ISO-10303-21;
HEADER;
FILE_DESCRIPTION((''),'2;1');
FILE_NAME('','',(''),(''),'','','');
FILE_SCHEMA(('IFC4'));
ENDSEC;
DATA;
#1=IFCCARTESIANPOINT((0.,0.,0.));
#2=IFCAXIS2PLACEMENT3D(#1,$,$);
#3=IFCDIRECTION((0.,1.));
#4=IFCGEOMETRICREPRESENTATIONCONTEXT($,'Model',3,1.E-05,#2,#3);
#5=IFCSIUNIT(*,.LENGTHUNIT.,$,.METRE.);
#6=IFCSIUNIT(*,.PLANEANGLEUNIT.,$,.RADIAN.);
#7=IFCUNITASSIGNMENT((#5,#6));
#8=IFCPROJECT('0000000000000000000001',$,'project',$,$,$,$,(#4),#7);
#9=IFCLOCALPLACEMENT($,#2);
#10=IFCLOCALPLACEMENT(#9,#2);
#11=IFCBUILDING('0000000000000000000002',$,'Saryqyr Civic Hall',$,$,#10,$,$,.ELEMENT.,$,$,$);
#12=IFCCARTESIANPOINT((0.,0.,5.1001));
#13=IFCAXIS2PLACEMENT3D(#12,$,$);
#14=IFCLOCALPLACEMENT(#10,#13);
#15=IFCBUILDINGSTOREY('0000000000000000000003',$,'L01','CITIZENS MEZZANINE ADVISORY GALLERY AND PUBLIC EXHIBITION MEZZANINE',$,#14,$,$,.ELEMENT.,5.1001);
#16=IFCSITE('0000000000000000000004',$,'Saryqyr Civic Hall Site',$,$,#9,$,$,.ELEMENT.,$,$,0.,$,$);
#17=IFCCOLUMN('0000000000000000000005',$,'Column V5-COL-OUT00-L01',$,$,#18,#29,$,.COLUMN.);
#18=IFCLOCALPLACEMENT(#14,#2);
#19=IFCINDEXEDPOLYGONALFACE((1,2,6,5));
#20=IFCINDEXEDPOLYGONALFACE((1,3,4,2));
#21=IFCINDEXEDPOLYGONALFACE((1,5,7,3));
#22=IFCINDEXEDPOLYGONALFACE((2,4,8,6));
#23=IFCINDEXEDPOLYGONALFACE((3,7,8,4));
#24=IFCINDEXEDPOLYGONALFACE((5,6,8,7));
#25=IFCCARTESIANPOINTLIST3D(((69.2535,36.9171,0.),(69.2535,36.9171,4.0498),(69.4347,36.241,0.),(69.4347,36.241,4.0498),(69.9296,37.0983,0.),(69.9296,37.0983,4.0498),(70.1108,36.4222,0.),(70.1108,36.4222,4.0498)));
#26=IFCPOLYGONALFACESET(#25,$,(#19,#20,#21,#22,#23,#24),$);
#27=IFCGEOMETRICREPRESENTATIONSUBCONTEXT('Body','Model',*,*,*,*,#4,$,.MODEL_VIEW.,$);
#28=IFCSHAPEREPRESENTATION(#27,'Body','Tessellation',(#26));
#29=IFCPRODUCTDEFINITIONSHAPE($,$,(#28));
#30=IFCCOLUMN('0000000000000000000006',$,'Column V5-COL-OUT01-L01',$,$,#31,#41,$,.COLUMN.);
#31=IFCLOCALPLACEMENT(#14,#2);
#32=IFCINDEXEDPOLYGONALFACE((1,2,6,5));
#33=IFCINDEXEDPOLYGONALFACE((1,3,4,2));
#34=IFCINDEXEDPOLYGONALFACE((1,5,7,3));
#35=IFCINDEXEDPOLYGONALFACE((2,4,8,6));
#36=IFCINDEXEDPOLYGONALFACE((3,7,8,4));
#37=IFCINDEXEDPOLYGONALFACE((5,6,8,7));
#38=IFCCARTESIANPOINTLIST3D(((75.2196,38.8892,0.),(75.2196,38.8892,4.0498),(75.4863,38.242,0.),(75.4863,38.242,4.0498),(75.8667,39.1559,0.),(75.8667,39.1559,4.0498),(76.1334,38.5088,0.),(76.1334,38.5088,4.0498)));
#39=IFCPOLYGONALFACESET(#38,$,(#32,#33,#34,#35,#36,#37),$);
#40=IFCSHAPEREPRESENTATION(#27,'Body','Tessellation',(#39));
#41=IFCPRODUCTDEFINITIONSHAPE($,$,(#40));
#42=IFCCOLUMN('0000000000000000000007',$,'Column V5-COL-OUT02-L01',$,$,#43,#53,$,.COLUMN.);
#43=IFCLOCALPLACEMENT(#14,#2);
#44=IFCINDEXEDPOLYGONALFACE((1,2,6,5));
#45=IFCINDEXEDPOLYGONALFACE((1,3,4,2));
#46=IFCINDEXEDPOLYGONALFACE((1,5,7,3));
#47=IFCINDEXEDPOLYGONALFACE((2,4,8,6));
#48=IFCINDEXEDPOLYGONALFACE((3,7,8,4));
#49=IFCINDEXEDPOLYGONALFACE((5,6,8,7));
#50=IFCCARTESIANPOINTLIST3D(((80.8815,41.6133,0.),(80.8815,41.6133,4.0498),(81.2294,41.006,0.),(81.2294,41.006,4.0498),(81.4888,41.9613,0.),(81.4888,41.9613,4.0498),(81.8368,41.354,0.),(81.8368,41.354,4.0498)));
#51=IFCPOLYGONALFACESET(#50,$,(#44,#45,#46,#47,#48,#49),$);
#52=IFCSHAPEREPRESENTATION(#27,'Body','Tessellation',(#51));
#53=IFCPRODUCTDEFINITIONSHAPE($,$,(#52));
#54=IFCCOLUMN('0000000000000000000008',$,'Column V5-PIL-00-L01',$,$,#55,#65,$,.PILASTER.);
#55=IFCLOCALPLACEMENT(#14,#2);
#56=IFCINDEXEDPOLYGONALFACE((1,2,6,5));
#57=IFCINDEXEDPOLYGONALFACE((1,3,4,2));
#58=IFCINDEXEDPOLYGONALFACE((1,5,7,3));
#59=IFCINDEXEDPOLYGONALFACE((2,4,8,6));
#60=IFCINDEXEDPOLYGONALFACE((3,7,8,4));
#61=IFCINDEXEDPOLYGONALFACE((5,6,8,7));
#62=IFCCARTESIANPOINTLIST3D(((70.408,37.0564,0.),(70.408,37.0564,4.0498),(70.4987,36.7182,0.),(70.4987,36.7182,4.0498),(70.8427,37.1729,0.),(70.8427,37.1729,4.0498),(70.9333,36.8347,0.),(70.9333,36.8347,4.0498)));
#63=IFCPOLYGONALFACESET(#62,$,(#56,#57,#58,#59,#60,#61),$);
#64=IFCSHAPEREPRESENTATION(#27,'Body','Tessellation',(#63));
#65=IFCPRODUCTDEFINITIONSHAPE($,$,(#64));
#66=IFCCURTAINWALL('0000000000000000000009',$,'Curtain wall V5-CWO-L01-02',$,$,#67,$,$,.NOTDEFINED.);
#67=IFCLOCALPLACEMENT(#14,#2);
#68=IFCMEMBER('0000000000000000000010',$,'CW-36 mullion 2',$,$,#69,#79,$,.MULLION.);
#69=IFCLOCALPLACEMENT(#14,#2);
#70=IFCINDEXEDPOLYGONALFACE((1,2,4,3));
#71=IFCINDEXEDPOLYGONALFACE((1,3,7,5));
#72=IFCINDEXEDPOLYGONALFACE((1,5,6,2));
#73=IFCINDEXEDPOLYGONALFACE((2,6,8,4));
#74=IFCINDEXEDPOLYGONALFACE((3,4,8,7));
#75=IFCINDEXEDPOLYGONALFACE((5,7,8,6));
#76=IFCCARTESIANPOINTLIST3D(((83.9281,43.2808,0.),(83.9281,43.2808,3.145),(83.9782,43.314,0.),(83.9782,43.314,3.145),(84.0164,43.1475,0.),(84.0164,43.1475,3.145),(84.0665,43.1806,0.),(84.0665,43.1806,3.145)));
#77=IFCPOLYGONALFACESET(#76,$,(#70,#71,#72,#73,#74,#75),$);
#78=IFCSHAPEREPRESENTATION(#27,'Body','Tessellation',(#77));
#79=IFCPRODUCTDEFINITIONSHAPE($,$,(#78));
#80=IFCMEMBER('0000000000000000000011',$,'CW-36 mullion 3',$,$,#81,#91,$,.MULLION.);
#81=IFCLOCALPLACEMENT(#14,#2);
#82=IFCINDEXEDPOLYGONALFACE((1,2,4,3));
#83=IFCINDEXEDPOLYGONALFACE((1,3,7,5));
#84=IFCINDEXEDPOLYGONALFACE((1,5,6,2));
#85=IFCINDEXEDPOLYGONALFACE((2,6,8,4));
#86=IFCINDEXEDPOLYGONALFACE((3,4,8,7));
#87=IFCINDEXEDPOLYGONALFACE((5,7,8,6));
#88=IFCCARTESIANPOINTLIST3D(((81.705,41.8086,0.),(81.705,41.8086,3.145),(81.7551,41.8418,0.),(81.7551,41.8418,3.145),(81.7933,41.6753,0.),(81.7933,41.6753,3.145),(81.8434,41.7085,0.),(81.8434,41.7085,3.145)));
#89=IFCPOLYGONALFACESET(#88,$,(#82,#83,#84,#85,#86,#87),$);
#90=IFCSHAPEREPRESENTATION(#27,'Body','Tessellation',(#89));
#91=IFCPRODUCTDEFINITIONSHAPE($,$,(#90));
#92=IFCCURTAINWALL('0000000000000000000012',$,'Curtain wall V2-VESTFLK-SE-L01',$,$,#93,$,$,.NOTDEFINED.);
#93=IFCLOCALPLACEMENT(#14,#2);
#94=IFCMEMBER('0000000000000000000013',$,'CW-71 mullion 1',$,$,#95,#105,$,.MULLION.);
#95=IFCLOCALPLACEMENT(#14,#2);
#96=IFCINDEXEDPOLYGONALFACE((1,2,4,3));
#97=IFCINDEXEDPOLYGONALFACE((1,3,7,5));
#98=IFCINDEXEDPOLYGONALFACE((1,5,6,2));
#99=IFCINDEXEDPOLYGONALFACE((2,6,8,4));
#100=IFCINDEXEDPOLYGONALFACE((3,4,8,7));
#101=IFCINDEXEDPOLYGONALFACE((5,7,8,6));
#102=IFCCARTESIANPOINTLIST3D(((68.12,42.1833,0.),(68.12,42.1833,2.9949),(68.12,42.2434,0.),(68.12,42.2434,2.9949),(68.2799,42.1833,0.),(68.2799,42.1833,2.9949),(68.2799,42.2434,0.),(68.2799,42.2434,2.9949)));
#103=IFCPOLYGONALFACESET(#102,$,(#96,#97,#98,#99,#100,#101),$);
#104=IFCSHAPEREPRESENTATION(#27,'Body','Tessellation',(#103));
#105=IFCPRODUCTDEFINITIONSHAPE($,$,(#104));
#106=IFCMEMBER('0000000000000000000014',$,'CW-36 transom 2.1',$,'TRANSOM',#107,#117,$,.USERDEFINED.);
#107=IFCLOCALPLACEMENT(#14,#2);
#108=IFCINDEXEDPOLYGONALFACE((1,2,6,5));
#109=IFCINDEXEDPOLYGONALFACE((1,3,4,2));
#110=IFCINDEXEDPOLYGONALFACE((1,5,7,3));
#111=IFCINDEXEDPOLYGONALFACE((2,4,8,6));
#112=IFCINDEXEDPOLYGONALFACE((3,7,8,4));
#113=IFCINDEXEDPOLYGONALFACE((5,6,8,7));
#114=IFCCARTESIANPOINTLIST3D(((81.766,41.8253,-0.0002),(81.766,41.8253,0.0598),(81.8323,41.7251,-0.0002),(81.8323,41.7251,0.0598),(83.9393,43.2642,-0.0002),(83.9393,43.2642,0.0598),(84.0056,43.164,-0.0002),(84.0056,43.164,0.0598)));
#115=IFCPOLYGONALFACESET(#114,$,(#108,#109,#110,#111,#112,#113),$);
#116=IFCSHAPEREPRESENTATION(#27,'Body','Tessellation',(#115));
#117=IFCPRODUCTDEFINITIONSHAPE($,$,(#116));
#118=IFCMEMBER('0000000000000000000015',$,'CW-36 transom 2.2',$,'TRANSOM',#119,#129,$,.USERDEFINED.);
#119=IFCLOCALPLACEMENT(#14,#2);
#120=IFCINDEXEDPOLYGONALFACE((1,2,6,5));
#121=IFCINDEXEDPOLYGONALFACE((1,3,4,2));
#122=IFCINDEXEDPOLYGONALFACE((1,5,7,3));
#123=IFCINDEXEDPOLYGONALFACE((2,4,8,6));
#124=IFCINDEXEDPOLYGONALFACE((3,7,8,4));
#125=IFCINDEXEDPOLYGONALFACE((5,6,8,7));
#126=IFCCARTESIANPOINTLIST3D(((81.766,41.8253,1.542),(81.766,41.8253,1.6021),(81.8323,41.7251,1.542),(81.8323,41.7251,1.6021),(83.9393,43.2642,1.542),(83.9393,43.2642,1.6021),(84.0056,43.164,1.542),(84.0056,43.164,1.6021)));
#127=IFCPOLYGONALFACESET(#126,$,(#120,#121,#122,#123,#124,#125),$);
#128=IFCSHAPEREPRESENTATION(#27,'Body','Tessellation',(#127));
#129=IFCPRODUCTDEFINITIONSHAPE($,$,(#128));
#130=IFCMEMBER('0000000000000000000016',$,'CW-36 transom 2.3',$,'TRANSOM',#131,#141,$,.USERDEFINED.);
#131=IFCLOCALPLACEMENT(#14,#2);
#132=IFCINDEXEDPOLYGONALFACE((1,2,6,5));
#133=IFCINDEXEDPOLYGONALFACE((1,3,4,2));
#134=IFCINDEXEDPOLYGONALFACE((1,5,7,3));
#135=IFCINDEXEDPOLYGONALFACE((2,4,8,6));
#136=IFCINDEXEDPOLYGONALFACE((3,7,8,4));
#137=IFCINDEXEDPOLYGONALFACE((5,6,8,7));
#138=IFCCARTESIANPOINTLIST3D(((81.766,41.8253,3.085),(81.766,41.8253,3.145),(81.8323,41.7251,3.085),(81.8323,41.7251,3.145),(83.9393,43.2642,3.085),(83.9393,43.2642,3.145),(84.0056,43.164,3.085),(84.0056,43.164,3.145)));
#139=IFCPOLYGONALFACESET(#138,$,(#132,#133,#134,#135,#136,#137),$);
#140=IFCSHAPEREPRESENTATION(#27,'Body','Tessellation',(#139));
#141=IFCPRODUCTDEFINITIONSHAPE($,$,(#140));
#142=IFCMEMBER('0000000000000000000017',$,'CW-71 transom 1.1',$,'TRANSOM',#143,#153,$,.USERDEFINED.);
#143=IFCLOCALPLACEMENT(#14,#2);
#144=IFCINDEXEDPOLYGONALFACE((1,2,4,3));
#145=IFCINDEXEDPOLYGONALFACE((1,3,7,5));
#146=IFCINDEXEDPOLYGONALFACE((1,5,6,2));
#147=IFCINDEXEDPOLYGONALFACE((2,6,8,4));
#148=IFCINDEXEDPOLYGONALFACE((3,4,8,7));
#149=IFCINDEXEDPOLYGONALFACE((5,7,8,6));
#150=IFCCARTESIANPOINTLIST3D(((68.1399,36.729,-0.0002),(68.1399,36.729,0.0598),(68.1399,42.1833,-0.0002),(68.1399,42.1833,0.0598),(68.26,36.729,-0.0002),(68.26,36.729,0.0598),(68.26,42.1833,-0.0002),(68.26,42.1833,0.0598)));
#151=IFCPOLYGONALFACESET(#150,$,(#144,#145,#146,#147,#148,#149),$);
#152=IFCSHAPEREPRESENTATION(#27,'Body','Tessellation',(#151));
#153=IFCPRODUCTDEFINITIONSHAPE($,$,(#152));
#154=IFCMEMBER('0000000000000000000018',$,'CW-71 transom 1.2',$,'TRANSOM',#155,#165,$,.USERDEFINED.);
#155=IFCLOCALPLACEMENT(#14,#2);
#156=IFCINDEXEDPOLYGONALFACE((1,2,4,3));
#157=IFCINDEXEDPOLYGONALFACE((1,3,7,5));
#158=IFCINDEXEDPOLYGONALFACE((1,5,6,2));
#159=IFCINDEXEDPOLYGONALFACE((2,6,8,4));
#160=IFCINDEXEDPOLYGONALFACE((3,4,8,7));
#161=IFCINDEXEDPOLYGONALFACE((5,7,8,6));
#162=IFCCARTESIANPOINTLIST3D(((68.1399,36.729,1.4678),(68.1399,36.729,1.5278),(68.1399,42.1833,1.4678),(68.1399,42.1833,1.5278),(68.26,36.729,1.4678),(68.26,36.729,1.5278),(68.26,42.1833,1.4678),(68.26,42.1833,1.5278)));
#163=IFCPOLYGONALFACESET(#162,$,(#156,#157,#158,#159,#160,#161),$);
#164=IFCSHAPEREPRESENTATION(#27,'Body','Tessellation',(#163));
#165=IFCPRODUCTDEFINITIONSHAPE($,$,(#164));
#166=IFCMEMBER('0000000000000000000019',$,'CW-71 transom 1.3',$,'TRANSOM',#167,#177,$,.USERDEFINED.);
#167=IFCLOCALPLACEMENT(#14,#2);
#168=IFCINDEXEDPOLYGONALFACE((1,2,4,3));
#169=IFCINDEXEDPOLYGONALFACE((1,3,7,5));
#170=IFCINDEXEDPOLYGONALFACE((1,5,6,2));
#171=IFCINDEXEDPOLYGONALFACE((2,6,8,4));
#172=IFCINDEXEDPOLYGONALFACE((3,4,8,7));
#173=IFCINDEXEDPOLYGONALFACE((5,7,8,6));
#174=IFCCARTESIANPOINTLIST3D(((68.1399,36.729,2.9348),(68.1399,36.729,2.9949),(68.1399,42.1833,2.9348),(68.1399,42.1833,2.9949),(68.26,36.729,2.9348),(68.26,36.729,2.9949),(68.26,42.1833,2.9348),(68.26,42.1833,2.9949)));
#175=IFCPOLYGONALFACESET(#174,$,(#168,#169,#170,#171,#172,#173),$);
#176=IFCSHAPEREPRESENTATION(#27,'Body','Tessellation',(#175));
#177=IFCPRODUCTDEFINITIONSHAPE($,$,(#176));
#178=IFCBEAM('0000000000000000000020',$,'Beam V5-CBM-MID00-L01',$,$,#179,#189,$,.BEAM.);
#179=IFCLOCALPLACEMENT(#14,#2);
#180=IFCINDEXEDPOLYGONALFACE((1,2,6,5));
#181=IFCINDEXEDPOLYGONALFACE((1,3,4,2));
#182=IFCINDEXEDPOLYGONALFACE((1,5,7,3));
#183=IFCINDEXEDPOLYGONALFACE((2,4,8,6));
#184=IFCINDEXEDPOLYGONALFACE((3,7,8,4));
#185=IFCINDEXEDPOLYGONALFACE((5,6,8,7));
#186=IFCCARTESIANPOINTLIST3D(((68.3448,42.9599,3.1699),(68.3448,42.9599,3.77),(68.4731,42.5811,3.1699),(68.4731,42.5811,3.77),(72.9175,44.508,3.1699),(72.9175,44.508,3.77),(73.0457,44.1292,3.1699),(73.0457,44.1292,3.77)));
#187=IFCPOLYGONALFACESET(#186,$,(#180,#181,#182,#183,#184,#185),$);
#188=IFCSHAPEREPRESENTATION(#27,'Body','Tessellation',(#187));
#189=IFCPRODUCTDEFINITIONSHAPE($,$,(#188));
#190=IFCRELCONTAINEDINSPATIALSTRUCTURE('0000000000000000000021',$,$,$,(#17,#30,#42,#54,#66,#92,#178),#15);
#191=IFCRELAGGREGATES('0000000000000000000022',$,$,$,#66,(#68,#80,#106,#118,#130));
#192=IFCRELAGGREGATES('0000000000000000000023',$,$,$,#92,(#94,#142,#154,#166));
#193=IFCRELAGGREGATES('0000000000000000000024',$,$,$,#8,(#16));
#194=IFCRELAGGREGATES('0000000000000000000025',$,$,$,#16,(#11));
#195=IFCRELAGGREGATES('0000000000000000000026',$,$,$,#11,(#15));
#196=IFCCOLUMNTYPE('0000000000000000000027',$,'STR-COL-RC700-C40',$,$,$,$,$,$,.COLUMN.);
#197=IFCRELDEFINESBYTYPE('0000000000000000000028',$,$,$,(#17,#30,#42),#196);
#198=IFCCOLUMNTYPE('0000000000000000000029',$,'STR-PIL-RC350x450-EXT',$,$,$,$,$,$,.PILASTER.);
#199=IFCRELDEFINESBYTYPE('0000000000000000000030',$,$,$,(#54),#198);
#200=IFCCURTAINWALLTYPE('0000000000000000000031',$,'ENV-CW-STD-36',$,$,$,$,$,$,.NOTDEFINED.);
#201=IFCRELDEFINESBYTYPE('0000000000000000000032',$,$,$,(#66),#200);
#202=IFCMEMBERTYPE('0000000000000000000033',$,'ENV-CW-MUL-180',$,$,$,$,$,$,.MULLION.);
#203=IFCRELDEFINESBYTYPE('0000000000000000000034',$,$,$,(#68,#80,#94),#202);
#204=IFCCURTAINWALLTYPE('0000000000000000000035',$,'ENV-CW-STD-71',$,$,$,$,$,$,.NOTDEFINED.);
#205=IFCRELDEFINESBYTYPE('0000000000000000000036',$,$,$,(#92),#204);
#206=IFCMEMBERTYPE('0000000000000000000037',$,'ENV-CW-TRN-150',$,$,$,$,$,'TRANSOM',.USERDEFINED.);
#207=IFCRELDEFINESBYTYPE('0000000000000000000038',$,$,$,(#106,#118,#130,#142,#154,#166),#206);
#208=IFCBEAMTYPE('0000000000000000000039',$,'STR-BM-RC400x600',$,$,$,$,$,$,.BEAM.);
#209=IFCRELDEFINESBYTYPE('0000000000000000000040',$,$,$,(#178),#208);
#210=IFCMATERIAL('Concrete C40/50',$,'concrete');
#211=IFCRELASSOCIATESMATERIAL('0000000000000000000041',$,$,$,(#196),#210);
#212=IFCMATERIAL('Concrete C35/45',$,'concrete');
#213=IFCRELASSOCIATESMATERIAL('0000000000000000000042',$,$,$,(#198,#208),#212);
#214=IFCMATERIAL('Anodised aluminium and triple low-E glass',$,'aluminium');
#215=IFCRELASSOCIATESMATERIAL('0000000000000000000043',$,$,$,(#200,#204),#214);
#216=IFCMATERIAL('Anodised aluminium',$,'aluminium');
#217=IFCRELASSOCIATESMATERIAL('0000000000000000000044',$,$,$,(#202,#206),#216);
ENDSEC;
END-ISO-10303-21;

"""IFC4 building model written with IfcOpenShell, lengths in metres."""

from ifc_helpers import new_model, si_unit, direction, frame, origin, origin_2d, place, context, subcontext, project, spatial, rectangle, extrude, material, material_profile, profile_set, type_object, element, aggregate, save


model = new_model("IFC4")

# Units and contexts
model_context = context("Model", 3, precision=1e-05, world=origin(), true_north=direction((0.0, 1.0)))
body_context = subcontext(model_context, "Body", "Model", "MODEL_VIEW")
ifc_project = project(units=[si_unit("LENGTHUNIT", "METRE"), si_unit("PLANEANGLEUNIT", "RADIAN")], contexts=[model_context])

# Site, building, storey
site_placement = place(None, origin())
site = spatial("IfcSite", under=ifc_project, at=site_placement, Name="Saryqyr Civic Hall Site", CompositionType="ELEMENT", RefElevation=0.0)
building_placement = place(site_placement, origin())
building = spatial("IfcBuilding", under=site, at=building_placement, Name="Saryqyr Civic Hall", CompositionType="ELEMENT")
storey_placement = place(building_placement, frame((0.0, 0.0, 5.1001)))
storey = spatial("IfcBuildingStorey", under=building, at=storey_placement, Name="L01", Description="CITIZENS MEZZANINE ADVISORY GALLERY AND PUBLIC EXHIBITION MEZZANINE", CompositionType="ELEMENT", Elevation=5.1001)

# Columns
ifc_material_1 = material(Name="Concrete C40/50", Category="concrete")
ifc_material_profile_1 = material_profile(ifc_material_1, rectangle(XDim=0.7, YDim=0.7, at=origin_2d()), Name="RC 700x700")
ifc_profile_set_1 = profile_set([ifc_material_profile_1], Name="Concrete C40/50")
column_type_1 = type_object("IfcColumnType", Name="STR-COL-RC700-C40", PredefinedType="COLUMN", material=ifc_profile_set_1)
for number, where, z_axis, x_axis, name in (
    (1, (69.6821, 36.6697, 0.0), (0.0, 0.0, 1.0), (0.258819, -0.965926, 0.0), "Column V5-COL-OUT00-L01"),
    (2, (75.6765, 38.699, 0.0), (0.0, 0.0, 1.0), (0.38107, -0.924546, 0.0), "Column V5-COL-OUT01-L01"),
    (3, (81.3591, 41.4836, 0.0), (0.0, 0.0, 1.0), (0.497125, -0.867679, 0.0), "Column V5-COL-OUT02-L01"),
):
    element("IfcColumn", number, at=place(storey_placement, frame(where, z_axis=z_axis, x_axis=x_axis)), inside=storey, type_object=column_type_1, Name=name, PredefinedType="COLUMN", context=body_context, shape_type="SweptSolid", body=[
        extrude(rectangle(XDim=0.7, YDim=0.7, at=origin_2d()), origin(), (0.0, 0.0, 1.0), 4.0498),
    ])
ifc_material_2 = material(Name="Concrete C35/45", Category="concrete")
ifc_material_profile_2 = material_profile(ifc_material_2, rectangle(XDim=0.3501, YDim=0.45, at=origin_2d()), Name="RC 350x450")
ifc_profile_set_2 = profile_set([ifc_material_profile_2], Name="Concrete C35/45")
column_type_2 = type_object("IfcColumnType", Name="STR-PIL-RC350x450-EXT", PredefinedType="PILASTER", material=ifc_profile_set_2)
column_1_placement = place(storey_placement, frame((70.6707, 36.9456, 0.0), z_axis=(0.0, 0.0, 1.0), x_axis=(0.258819, -0.965926, 0.0)))
element("IfcColumn", 4, at=column_1_placement, inside=storey, type_object=column_type_2, Name="Column V5-PIL-00-L01", PredefinedType="PILASTER", context=body_context, shape_type="SweptSolid", body=[
    extrude(rectangle(XDim=0.3501, YDim=0.45, at=origin_2d()), origin(), (0.0, 0.0, 1.0), 4.0498),
])

# Curtain wall, members
ifc_material_3 = material(Name="Anodised aluminium and triple low-E glass", Category="aluminium")
curtain_wall_type_1 = type_object("IfcCurtainWallType", Name="ENV-CW-STD-36", PredefinedType="NOTDEFINED", material=ifc_material_3)
curtain_wall_1_placement = place(storey_placement, origin())
curtain_wall_1 = element("IfcCurtainWall", 5, at=curtain_wall_1_placement, inside=storey, type_object=curtain_wall_type_1, Name="Curtain wall V5-CWO-L01-02", PredefinedType="NOTDEFINED")
ifc_material_4 = material(Name="Anodised aluminium", Category="aluminium")
ifc_material_profile_3 = material_profile(ifc_material_4, rectangle(XDim=0.0601, YDim=0.1599, at=origin_2d()), Name="ALU MULLION 60x160")
ifc_profile_set_3 = profile_set([ifc_material_profile_3], Name="Anodised aluminium")
member_type_1 = type_object("IfcMemberType", Name="ENV-CW-MUL-180", PredefinedType="MULLION", material=ifc_profile_set_3)
member_1_placement = place(storey_placement, frame((83.9973, 43.2307, 0.0), z_axis=(0.0, 0.0, 1.0), x_axis=(-0.833772, -0.552109, 0.0)))
member_1 = element("IfcMember", 6, at=member_1_placement, type_object=member_type_1, Name="CW-36 mullion 2", PredefinedType="MULLION", context=body_context, shape_type="SweptSolid", body=[
    extrude(rectangle(XDim=0.0601, YDim=0.1599, at=origin_2d()), origin(), (0.0, 0.0, 1.0), 3.145),
])
member_2_placement = place(storey_placement, frame((81.7742, 41.7585, 0.0), z_axis=(0.0, 0.0, 1.0), x_axis=(-0.833772, -0.552109, 0.0)))
member_2 = element("IfcMember", 7, at=member_2_placement, type_object=member_type_1, Name="CW-36 mullion 3", PredefinedType="MULLION", context=body_context, shape_type="SweptSolid", body=[
    extrude(rectangle(XDim=0.0601, YDim=0.1599, at=origin_2d()), origin(), (0.0, 0.0, 1.0), 3.145),
])

# Curtain wall, member
curtain_wall_type_2 = type_object("IfcCurtainWallType", Name="ENV-CW-STD-71", PredefinedType="NOTDEFINED", material=ifc_material_3)
curtain_wall_2_placement = place(storey_placement, origin())
curtain_wall_2 = element("IfcCurtainWall", 8, at=curtain_wall_2_placement, inside=storey, type_object=curtain_wall_type_2, Name="Curtain wall V2-VESTFLK-SE-L01", PredefinedType="NOTDEFINED")
member_3_placement = place(storey_placement, frame((68.2, 42.2134, 0.0), z_axis=(0.0, 0.0, 1.0), x_axis=(0.0, -1.0, 0.0)))
member_3 = element("IfcMember", 9, at=member_3_placement, type_object=member_type_1, Name="CW-71 mullion 1", PredefinedType="MULLION", context=body_context, shape_type="SweptSolid", body=[
    extrude(rectangle(XDim=0.0601, YDim=0.1599, at=origin_2d()), origin(), (0.0, 0.0, 1.0), 2.9949),
])

# Members
ifc_material_profile_4 = material_profile(ifc_material_4, rectangle(XDim=0.1201, YDim=0.0601, at=origin_2d()), Name="ALU TRANSOM 120x60")
ifc_profile_set_4 = profile_set([ifc_material_profile_4], Name="Anodised aluminium")
member_type_2 = type_object("IfcMemberType", Name="ENV-CW-TRN-150", ElementType="TRANSOM", PredefinedType="USERDEFINED", material=ifc_profile_set_4)
member_4_placement = place(storey_placement, frame((83.9724, 43.2141, 0.0298), z_axis=(-0.833804, -0.55206, 0.0), x_axis=(0.55206, -0.833804, 0.0)))
member_4 = element("IfcMember", 10, at=member_4_placement, type_object=member_type_2, Name="CW-36 transom 2.1", ObjectType="TRANSOM", PredefinedType="USERDEFINED", context=body_context, shape_type="SweptSolid", body=[
    extrude(rectangle(XDim=0.1201, YDim=0.0601, at=origin_2d()), origin(), (0.0, 0.0, 1.0), 2.6064),
])
member_5_placement = place(storey_placement, frame((83.9724, 43.2141, 1.572), z_axis=(-0.833804, -0.55206, 0.0), x_axis=(0.55206, -0.833804, 0.0)))
member_5 = element("IfcMember", 11, at=member_5_placement, type_object=member_type_2, Name="CW-36 transom 2.2", ObjectType="TRANSOM", PredefinedType="USERDEFINED", context=body_context, shape_type="SweptSolid", body=[
    extrude(rectangle(XDim=0.1201, YDim=0.0601, at=origin_2d()), origin(), (0.0, 0.0, 1.0), 2.6064),
])
member_6_placement = place(storey_placement, frame((83.9724, 43.2141, 3.115), z_axis=(-0.833804, -0.55206, 0.0), x_axis=(0.55206, -0.833804, 0.0)))
member_6 = element("IfcMember", 12, at=member_6_placement, type_object=member_type_2, Name="CW-36 transom 2.3", ObjectType="TRANSOM", PredefinedType="USERDEFINED", context=body_context, shape_type="SweptSolid", body=[
    extrude(rectangle(XDim=0.1201, YDim=0.0601, at=origin_2d()), origin(), (0.0, 0.0, 1.0), 2.6064),
])
member_7_placement = place(storey_placement, frame((68.2, 42.1833, 0.0298), z_axis=(0.0, -1.0, 0.0), x_axis=(1.0, 0.0, 0.0)))
member_7 = element("IfcMember", 13, at=member_7_placement, type_object=member_type_2, Name="CW-71 transom 1.1", ObjectType="TRANSOM", PredefinedType="USERDEFINED", context=body_context, shape_type="SweptSolid", body=[
    extrude(rectangle(XDim=0.1201, YDim=0.0601, at=origin_2d()), origin(), (0.0, 0.0, 1.0), 5.4543),
])
member_8_placement = place(storey_placement, frame((68.2, 42.1833, 1.4978), z_axis=(0.0, -1.0, 0.0), x_axis=(1.0, 0.0, 0.0)))
member_8 = element("IfcMember", 14, at=member_8_placement, type_object=member_type_2, Name="CW-71 transom 1.2", ObjectType="TRANSOM", PredefinedType="USERDEFINED", context=body_context, shape_type="SweptSolid", body=[
    extrude(rectangle(XDim=0.1201, YDim=0.0601, at=origin_2d()), origin(), (0.0, 0.0, 1.0), 5.4543),
])
member_9_placement = place(storey_placement, frame((68.2, 42.1833, 2.9648), z_axis=(0.0, -1.0, 0.0), x_axis=(1.0, 0.0, 0.0)))
member_9 = element("IfcMember", 15, at=member_9_placement, type_object=member_type_2, Name="CW-71 transom 1.3", ObjectType="TRANSOM", PredefinedType="USERDEFINED", context=body_context, shape_type="SweptSolid", body=[
    extrude(rectangle(XDim=0.1201, YDim=0.0601, at=origin_2d()), origin(), (0.0, 0.0, 1.0), 5.4543),
])

# Beam
ifc_material_profile_5 = material_profile(ifc_material_2, rectangle(XDim=0.3999, YDim=0.6001, at=origin_2d()), Name="RC 400x600")
ifc_profile_set_5 = profile_set([ifc_material_profile_5], Name="Concrete C35/45")
beam_type_1 = type_object("IfcBeamType", Name="STR-BM-RC400x600", PredefinedType="BEAM", material=ifc_profile_set_5)
beam_1_placement = place(storey_placement, frame((68.4089, 42.7705, 3.47), z_axis=(0.947191, 0.320669, 0.0), x_axis=(-0.320669, 0.947191, 0.0)))
element("IfcBeam", 16, at=beam_1_placement, inside=storey, type_object=beam_type_1, Name="Beam V5-CBM-MID00-L01", PredefinedType="BEAM", context=body_context, shape_type="SweptSolid", body=[
    extrude(rectangle(XDim=0.3999, YDim=0.6001, at=origin_2d()), origin(), (0.0, 0.0, 1.0), 4.8276),
])

aggregate(curtain_wall_1, [member_1, member_2, member_4, member_5, member_6])
aggregate(curtain_wall_2, [member_3, member_7, member_8, member_9])

save(model, "model.ifc")
